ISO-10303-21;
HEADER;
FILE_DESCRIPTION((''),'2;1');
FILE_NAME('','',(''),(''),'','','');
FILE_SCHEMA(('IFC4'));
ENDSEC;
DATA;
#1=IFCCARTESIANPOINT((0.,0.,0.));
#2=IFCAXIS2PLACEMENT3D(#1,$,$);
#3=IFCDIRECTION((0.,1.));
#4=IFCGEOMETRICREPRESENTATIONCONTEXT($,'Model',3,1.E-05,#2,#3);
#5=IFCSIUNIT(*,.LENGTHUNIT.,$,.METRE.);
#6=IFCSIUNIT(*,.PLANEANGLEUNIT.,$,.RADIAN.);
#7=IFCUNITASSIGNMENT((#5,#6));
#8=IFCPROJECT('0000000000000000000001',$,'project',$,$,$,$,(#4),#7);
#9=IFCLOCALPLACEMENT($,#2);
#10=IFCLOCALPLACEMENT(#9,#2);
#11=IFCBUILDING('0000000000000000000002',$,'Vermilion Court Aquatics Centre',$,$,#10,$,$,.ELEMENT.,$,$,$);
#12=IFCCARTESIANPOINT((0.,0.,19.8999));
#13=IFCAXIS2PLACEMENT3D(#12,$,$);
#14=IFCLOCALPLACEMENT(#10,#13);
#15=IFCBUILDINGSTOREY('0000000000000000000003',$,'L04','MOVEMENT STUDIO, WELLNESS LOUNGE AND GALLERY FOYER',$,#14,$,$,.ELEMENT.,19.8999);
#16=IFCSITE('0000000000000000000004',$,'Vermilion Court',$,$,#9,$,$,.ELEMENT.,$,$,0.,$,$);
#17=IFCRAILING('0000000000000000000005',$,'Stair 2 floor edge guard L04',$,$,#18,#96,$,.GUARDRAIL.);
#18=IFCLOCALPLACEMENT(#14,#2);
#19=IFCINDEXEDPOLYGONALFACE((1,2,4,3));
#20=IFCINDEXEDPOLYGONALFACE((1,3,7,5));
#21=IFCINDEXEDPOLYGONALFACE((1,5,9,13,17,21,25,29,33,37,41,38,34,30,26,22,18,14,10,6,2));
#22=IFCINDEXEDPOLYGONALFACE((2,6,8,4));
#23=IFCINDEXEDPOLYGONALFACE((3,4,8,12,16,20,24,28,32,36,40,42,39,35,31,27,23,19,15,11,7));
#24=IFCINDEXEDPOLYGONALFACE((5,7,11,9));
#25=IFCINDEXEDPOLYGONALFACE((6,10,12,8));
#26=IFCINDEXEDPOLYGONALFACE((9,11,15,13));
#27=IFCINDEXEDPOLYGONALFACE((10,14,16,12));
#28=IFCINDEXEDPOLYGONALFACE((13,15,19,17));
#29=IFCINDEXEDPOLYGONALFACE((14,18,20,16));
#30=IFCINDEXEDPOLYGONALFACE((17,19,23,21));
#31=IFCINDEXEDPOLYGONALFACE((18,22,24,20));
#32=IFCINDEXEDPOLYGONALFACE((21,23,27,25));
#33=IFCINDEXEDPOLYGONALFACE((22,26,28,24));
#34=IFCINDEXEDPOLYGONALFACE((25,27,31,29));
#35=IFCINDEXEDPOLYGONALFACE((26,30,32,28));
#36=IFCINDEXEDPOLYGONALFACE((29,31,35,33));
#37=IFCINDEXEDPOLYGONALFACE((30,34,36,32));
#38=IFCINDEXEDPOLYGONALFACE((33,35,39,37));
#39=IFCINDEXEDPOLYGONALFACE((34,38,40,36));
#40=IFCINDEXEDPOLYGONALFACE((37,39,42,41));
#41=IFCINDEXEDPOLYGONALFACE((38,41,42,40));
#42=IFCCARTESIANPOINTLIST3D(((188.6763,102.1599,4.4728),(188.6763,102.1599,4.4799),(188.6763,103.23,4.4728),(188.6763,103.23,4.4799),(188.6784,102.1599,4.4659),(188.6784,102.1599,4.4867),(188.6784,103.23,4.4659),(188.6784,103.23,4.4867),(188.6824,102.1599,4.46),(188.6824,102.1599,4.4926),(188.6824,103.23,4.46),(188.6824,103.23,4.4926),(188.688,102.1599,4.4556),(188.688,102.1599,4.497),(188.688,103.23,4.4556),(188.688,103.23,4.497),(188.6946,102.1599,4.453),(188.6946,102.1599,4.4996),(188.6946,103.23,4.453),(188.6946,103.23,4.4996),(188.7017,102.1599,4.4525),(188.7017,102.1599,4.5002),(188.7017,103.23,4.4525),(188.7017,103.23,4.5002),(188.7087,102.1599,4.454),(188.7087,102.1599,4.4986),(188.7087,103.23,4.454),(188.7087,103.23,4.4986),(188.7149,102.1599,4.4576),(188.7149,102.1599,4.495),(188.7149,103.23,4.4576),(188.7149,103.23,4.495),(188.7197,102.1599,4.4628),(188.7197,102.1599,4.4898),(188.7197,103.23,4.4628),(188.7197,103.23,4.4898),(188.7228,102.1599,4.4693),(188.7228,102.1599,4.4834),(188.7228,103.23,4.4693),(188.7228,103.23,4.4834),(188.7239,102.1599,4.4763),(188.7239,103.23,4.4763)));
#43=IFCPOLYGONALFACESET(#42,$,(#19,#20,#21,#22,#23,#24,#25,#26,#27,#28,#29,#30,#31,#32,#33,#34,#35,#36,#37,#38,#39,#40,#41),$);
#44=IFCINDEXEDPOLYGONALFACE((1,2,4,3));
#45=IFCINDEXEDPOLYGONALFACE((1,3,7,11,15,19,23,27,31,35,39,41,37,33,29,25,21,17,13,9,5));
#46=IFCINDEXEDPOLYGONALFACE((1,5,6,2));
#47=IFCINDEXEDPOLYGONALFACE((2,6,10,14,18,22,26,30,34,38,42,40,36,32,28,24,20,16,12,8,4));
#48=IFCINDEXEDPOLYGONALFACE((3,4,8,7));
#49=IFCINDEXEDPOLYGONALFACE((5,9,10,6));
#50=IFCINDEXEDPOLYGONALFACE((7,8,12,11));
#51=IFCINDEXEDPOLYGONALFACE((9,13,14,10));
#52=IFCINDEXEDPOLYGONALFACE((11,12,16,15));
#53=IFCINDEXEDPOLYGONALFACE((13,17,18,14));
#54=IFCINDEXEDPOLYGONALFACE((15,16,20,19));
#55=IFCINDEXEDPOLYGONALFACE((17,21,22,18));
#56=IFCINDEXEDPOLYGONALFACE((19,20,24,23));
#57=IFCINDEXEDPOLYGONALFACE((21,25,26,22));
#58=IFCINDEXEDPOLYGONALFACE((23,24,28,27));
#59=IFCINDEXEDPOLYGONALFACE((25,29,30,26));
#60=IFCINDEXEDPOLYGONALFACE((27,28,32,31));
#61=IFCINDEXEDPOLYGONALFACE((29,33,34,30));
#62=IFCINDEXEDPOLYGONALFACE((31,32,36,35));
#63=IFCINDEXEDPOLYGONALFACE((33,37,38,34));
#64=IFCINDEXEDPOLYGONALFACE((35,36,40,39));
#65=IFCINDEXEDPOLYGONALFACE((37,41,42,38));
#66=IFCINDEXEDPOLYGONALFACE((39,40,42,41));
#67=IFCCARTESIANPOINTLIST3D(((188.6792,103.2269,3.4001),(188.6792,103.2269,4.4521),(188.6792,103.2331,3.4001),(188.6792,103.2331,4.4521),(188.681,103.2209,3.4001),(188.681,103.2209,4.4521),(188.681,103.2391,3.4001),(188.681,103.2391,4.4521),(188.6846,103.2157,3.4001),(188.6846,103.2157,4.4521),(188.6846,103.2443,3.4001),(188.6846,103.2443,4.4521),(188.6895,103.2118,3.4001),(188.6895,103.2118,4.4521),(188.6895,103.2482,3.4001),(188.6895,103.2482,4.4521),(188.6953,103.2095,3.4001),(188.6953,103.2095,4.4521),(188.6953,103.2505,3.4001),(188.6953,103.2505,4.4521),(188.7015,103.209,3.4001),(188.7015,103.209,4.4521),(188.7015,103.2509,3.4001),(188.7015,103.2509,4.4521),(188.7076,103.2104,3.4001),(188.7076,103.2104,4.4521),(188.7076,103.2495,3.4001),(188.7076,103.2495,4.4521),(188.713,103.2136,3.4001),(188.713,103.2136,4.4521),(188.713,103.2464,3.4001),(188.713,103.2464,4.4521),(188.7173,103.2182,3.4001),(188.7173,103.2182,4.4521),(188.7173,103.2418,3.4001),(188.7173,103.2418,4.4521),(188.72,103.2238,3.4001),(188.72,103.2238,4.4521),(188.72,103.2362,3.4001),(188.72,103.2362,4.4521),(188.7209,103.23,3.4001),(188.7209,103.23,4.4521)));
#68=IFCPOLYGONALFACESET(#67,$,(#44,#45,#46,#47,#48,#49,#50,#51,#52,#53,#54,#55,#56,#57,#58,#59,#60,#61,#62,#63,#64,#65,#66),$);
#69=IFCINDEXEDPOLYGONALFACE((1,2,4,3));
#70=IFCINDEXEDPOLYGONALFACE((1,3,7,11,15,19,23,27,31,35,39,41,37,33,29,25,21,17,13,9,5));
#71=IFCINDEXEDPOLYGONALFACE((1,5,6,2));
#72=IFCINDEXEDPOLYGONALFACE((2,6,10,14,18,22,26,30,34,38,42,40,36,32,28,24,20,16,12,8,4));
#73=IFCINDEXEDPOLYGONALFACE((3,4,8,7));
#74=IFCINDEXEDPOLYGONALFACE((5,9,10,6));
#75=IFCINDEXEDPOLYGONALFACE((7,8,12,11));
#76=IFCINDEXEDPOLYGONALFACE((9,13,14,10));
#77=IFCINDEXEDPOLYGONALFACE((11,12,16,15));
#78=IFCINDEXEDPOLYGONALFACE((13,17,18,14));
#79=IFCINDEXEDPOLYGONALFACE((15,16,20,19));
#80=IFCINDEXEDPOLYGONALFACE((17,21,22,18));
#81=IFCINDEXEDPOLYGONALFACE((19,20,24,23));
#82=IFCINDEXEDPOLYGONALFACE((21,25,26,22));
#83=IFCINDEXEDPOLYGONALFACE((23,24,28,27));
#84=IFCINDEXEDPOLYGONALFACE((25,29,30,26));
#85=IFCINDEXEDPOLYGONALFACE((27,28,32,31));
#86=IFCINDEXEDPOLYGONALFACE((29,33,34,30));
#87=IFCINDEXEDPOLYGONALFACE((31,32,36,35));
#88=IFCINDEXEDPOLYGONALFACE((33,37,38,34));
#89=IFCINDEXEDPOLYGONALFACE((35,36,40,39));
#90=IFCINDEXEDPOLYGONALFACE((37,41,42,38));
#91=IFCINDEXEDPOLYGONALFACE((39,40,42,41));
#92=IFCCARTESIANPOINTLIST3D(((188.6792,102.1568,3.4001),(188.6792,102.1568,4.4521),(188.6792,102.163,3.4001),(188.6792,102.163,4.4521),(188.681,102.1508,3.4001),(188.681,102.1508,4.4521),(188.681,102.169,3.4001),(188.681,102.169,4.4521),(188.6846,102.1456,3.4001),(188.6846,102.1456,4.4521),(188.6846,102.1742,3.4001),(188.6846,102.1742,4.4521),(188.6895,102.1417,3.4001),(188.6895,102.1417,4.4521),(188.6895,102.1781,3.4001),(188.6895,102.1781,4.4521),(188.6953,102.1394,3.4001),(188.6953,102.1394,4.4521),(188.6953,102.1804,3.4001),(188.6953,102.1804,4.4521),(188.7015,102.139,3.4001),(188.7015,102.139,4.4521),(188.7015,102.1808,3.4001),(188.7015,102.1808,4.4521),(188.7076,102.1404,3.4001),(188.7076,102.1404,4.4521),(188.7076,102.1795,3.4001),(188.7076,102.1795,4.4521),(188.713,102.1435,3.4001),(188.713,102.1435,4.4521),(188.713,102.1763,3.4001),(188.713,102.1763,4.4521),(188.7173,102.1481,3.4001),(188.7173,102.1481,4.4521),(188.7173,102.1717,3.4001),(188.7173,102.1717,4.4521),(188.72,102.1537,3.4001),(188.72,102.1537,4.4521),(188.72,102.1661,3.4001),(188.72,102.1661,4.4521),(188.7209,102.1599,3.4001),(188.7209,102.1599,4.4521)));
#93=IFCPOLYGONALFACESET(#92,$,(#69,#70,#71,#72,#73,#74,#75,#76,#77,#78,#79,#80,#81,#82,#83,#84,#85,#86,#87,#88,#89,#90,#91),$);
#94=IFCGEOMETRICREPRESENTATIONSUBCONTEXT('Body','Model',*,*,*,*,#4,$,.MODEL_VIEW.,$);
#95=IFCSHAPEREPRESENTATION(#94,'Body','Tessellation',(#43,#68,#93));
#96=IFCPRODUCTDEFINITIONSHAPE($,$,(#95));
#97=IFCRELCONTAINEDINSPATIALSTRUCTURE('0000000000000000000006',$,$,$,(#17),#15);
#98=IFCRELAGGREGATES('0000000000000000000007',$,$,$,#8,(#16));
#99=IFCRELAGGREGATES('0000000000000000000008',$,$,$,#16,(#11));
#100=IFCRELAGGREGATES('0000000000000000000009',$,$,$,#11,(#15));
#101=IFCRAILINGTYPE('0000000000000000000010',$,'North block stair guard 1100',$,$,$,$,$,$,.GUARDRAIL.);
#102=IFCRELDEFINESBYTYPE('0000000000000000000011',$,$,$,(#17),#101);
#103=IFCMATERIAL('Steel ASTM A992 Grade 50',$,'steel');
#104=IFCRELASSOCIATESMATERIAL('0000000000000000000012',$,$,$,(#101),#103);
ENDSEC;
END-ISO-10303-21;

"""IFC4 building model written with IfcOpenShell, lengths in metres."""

from ifc_helpers import new_model, si_unit, direction, frame, origin, origin_2d, place, context, subcontext, project, spatial, circle, extrude, material, type_object, element, save


model = new_model("IFC4")

# Units and contexts
model_context = context("Model", 3, precision=1e-05, world=origin(), true_north=direction((0.0, 1.0)))
body_context = subcontext(model_context, "Body", "Model", "MODEL_VIEW")
ifc_project = project(units=[si_unit("LENGTHUNIT", "METRE"), si_unit("PLANEANGLEUNIT", "RADIAN")], contexts=[model_context])

# Site, building, storey
site_placement = place(None, origin())
site = spatial("IfcSite", under=ifc_project, at=site_placement, Name="Vermilion Court", CompositionType="ELEMENT", RefElevation=0.0)
building_placement = place(site_placement, origin())
building = spatial("IfcBuilding", under=site, at=building_placement, Name="Vermilion Court Aquatics Centre", CompositionType="ELEMENT")
storey_placement = place(building_placement, frame((0.0, 0.0, 19.8999)))
storey = spatial("IfcBuildingStorey", under=building, at=storey_placement, Name="L04", Description="MOVEMENT STUDIO, WELLNESS LOUNGE AND GALLERY FOYER", CompositionType="ELEMENT", Elevation=19.8999)

# Railing
ifc_material_1 = material(Name="Steel ASTM A992 Grade 50", Category="steel")
railing_type_1 = type_object("IfcRailingType", Name="North block stair guard 1100", PredefinedType="GUARDRAIL", material=ifc_material_1)
railing_1_placement = place(storey_placement, frame((188.7, 103.23, 3.4001)))
element("IfcRailing", 1, at=railing_1_placement, inside=storey, type_object=railing_type_1, Name="Stair 2 floor edge guard L04", PredefinedType="GUARDRAIL", context=body_context, shape_type="SweptSolid", body=[
    extrude(circle(Radius=0.0239, at=origin_2d()), frame((0.0, 0.0, 1.0762), z_axis=(0.0, -1.0, 0.0), x_axis=(1.0, 0.0, 0.0)), (0.0, 0.0, 1.0), 1.0701),
    extrude(circle(Radius=0.021, at=origin_2d()), origin(), (0.0, 0.0, 1.0), 1.052),
    extrude(circle(Radius=0.021, at=origin_2d()), frame((0.0, -1.0701, 0.0)), (0.0, 0.0, 1.0), 1.052),
])

save(model, "model.ifc")
